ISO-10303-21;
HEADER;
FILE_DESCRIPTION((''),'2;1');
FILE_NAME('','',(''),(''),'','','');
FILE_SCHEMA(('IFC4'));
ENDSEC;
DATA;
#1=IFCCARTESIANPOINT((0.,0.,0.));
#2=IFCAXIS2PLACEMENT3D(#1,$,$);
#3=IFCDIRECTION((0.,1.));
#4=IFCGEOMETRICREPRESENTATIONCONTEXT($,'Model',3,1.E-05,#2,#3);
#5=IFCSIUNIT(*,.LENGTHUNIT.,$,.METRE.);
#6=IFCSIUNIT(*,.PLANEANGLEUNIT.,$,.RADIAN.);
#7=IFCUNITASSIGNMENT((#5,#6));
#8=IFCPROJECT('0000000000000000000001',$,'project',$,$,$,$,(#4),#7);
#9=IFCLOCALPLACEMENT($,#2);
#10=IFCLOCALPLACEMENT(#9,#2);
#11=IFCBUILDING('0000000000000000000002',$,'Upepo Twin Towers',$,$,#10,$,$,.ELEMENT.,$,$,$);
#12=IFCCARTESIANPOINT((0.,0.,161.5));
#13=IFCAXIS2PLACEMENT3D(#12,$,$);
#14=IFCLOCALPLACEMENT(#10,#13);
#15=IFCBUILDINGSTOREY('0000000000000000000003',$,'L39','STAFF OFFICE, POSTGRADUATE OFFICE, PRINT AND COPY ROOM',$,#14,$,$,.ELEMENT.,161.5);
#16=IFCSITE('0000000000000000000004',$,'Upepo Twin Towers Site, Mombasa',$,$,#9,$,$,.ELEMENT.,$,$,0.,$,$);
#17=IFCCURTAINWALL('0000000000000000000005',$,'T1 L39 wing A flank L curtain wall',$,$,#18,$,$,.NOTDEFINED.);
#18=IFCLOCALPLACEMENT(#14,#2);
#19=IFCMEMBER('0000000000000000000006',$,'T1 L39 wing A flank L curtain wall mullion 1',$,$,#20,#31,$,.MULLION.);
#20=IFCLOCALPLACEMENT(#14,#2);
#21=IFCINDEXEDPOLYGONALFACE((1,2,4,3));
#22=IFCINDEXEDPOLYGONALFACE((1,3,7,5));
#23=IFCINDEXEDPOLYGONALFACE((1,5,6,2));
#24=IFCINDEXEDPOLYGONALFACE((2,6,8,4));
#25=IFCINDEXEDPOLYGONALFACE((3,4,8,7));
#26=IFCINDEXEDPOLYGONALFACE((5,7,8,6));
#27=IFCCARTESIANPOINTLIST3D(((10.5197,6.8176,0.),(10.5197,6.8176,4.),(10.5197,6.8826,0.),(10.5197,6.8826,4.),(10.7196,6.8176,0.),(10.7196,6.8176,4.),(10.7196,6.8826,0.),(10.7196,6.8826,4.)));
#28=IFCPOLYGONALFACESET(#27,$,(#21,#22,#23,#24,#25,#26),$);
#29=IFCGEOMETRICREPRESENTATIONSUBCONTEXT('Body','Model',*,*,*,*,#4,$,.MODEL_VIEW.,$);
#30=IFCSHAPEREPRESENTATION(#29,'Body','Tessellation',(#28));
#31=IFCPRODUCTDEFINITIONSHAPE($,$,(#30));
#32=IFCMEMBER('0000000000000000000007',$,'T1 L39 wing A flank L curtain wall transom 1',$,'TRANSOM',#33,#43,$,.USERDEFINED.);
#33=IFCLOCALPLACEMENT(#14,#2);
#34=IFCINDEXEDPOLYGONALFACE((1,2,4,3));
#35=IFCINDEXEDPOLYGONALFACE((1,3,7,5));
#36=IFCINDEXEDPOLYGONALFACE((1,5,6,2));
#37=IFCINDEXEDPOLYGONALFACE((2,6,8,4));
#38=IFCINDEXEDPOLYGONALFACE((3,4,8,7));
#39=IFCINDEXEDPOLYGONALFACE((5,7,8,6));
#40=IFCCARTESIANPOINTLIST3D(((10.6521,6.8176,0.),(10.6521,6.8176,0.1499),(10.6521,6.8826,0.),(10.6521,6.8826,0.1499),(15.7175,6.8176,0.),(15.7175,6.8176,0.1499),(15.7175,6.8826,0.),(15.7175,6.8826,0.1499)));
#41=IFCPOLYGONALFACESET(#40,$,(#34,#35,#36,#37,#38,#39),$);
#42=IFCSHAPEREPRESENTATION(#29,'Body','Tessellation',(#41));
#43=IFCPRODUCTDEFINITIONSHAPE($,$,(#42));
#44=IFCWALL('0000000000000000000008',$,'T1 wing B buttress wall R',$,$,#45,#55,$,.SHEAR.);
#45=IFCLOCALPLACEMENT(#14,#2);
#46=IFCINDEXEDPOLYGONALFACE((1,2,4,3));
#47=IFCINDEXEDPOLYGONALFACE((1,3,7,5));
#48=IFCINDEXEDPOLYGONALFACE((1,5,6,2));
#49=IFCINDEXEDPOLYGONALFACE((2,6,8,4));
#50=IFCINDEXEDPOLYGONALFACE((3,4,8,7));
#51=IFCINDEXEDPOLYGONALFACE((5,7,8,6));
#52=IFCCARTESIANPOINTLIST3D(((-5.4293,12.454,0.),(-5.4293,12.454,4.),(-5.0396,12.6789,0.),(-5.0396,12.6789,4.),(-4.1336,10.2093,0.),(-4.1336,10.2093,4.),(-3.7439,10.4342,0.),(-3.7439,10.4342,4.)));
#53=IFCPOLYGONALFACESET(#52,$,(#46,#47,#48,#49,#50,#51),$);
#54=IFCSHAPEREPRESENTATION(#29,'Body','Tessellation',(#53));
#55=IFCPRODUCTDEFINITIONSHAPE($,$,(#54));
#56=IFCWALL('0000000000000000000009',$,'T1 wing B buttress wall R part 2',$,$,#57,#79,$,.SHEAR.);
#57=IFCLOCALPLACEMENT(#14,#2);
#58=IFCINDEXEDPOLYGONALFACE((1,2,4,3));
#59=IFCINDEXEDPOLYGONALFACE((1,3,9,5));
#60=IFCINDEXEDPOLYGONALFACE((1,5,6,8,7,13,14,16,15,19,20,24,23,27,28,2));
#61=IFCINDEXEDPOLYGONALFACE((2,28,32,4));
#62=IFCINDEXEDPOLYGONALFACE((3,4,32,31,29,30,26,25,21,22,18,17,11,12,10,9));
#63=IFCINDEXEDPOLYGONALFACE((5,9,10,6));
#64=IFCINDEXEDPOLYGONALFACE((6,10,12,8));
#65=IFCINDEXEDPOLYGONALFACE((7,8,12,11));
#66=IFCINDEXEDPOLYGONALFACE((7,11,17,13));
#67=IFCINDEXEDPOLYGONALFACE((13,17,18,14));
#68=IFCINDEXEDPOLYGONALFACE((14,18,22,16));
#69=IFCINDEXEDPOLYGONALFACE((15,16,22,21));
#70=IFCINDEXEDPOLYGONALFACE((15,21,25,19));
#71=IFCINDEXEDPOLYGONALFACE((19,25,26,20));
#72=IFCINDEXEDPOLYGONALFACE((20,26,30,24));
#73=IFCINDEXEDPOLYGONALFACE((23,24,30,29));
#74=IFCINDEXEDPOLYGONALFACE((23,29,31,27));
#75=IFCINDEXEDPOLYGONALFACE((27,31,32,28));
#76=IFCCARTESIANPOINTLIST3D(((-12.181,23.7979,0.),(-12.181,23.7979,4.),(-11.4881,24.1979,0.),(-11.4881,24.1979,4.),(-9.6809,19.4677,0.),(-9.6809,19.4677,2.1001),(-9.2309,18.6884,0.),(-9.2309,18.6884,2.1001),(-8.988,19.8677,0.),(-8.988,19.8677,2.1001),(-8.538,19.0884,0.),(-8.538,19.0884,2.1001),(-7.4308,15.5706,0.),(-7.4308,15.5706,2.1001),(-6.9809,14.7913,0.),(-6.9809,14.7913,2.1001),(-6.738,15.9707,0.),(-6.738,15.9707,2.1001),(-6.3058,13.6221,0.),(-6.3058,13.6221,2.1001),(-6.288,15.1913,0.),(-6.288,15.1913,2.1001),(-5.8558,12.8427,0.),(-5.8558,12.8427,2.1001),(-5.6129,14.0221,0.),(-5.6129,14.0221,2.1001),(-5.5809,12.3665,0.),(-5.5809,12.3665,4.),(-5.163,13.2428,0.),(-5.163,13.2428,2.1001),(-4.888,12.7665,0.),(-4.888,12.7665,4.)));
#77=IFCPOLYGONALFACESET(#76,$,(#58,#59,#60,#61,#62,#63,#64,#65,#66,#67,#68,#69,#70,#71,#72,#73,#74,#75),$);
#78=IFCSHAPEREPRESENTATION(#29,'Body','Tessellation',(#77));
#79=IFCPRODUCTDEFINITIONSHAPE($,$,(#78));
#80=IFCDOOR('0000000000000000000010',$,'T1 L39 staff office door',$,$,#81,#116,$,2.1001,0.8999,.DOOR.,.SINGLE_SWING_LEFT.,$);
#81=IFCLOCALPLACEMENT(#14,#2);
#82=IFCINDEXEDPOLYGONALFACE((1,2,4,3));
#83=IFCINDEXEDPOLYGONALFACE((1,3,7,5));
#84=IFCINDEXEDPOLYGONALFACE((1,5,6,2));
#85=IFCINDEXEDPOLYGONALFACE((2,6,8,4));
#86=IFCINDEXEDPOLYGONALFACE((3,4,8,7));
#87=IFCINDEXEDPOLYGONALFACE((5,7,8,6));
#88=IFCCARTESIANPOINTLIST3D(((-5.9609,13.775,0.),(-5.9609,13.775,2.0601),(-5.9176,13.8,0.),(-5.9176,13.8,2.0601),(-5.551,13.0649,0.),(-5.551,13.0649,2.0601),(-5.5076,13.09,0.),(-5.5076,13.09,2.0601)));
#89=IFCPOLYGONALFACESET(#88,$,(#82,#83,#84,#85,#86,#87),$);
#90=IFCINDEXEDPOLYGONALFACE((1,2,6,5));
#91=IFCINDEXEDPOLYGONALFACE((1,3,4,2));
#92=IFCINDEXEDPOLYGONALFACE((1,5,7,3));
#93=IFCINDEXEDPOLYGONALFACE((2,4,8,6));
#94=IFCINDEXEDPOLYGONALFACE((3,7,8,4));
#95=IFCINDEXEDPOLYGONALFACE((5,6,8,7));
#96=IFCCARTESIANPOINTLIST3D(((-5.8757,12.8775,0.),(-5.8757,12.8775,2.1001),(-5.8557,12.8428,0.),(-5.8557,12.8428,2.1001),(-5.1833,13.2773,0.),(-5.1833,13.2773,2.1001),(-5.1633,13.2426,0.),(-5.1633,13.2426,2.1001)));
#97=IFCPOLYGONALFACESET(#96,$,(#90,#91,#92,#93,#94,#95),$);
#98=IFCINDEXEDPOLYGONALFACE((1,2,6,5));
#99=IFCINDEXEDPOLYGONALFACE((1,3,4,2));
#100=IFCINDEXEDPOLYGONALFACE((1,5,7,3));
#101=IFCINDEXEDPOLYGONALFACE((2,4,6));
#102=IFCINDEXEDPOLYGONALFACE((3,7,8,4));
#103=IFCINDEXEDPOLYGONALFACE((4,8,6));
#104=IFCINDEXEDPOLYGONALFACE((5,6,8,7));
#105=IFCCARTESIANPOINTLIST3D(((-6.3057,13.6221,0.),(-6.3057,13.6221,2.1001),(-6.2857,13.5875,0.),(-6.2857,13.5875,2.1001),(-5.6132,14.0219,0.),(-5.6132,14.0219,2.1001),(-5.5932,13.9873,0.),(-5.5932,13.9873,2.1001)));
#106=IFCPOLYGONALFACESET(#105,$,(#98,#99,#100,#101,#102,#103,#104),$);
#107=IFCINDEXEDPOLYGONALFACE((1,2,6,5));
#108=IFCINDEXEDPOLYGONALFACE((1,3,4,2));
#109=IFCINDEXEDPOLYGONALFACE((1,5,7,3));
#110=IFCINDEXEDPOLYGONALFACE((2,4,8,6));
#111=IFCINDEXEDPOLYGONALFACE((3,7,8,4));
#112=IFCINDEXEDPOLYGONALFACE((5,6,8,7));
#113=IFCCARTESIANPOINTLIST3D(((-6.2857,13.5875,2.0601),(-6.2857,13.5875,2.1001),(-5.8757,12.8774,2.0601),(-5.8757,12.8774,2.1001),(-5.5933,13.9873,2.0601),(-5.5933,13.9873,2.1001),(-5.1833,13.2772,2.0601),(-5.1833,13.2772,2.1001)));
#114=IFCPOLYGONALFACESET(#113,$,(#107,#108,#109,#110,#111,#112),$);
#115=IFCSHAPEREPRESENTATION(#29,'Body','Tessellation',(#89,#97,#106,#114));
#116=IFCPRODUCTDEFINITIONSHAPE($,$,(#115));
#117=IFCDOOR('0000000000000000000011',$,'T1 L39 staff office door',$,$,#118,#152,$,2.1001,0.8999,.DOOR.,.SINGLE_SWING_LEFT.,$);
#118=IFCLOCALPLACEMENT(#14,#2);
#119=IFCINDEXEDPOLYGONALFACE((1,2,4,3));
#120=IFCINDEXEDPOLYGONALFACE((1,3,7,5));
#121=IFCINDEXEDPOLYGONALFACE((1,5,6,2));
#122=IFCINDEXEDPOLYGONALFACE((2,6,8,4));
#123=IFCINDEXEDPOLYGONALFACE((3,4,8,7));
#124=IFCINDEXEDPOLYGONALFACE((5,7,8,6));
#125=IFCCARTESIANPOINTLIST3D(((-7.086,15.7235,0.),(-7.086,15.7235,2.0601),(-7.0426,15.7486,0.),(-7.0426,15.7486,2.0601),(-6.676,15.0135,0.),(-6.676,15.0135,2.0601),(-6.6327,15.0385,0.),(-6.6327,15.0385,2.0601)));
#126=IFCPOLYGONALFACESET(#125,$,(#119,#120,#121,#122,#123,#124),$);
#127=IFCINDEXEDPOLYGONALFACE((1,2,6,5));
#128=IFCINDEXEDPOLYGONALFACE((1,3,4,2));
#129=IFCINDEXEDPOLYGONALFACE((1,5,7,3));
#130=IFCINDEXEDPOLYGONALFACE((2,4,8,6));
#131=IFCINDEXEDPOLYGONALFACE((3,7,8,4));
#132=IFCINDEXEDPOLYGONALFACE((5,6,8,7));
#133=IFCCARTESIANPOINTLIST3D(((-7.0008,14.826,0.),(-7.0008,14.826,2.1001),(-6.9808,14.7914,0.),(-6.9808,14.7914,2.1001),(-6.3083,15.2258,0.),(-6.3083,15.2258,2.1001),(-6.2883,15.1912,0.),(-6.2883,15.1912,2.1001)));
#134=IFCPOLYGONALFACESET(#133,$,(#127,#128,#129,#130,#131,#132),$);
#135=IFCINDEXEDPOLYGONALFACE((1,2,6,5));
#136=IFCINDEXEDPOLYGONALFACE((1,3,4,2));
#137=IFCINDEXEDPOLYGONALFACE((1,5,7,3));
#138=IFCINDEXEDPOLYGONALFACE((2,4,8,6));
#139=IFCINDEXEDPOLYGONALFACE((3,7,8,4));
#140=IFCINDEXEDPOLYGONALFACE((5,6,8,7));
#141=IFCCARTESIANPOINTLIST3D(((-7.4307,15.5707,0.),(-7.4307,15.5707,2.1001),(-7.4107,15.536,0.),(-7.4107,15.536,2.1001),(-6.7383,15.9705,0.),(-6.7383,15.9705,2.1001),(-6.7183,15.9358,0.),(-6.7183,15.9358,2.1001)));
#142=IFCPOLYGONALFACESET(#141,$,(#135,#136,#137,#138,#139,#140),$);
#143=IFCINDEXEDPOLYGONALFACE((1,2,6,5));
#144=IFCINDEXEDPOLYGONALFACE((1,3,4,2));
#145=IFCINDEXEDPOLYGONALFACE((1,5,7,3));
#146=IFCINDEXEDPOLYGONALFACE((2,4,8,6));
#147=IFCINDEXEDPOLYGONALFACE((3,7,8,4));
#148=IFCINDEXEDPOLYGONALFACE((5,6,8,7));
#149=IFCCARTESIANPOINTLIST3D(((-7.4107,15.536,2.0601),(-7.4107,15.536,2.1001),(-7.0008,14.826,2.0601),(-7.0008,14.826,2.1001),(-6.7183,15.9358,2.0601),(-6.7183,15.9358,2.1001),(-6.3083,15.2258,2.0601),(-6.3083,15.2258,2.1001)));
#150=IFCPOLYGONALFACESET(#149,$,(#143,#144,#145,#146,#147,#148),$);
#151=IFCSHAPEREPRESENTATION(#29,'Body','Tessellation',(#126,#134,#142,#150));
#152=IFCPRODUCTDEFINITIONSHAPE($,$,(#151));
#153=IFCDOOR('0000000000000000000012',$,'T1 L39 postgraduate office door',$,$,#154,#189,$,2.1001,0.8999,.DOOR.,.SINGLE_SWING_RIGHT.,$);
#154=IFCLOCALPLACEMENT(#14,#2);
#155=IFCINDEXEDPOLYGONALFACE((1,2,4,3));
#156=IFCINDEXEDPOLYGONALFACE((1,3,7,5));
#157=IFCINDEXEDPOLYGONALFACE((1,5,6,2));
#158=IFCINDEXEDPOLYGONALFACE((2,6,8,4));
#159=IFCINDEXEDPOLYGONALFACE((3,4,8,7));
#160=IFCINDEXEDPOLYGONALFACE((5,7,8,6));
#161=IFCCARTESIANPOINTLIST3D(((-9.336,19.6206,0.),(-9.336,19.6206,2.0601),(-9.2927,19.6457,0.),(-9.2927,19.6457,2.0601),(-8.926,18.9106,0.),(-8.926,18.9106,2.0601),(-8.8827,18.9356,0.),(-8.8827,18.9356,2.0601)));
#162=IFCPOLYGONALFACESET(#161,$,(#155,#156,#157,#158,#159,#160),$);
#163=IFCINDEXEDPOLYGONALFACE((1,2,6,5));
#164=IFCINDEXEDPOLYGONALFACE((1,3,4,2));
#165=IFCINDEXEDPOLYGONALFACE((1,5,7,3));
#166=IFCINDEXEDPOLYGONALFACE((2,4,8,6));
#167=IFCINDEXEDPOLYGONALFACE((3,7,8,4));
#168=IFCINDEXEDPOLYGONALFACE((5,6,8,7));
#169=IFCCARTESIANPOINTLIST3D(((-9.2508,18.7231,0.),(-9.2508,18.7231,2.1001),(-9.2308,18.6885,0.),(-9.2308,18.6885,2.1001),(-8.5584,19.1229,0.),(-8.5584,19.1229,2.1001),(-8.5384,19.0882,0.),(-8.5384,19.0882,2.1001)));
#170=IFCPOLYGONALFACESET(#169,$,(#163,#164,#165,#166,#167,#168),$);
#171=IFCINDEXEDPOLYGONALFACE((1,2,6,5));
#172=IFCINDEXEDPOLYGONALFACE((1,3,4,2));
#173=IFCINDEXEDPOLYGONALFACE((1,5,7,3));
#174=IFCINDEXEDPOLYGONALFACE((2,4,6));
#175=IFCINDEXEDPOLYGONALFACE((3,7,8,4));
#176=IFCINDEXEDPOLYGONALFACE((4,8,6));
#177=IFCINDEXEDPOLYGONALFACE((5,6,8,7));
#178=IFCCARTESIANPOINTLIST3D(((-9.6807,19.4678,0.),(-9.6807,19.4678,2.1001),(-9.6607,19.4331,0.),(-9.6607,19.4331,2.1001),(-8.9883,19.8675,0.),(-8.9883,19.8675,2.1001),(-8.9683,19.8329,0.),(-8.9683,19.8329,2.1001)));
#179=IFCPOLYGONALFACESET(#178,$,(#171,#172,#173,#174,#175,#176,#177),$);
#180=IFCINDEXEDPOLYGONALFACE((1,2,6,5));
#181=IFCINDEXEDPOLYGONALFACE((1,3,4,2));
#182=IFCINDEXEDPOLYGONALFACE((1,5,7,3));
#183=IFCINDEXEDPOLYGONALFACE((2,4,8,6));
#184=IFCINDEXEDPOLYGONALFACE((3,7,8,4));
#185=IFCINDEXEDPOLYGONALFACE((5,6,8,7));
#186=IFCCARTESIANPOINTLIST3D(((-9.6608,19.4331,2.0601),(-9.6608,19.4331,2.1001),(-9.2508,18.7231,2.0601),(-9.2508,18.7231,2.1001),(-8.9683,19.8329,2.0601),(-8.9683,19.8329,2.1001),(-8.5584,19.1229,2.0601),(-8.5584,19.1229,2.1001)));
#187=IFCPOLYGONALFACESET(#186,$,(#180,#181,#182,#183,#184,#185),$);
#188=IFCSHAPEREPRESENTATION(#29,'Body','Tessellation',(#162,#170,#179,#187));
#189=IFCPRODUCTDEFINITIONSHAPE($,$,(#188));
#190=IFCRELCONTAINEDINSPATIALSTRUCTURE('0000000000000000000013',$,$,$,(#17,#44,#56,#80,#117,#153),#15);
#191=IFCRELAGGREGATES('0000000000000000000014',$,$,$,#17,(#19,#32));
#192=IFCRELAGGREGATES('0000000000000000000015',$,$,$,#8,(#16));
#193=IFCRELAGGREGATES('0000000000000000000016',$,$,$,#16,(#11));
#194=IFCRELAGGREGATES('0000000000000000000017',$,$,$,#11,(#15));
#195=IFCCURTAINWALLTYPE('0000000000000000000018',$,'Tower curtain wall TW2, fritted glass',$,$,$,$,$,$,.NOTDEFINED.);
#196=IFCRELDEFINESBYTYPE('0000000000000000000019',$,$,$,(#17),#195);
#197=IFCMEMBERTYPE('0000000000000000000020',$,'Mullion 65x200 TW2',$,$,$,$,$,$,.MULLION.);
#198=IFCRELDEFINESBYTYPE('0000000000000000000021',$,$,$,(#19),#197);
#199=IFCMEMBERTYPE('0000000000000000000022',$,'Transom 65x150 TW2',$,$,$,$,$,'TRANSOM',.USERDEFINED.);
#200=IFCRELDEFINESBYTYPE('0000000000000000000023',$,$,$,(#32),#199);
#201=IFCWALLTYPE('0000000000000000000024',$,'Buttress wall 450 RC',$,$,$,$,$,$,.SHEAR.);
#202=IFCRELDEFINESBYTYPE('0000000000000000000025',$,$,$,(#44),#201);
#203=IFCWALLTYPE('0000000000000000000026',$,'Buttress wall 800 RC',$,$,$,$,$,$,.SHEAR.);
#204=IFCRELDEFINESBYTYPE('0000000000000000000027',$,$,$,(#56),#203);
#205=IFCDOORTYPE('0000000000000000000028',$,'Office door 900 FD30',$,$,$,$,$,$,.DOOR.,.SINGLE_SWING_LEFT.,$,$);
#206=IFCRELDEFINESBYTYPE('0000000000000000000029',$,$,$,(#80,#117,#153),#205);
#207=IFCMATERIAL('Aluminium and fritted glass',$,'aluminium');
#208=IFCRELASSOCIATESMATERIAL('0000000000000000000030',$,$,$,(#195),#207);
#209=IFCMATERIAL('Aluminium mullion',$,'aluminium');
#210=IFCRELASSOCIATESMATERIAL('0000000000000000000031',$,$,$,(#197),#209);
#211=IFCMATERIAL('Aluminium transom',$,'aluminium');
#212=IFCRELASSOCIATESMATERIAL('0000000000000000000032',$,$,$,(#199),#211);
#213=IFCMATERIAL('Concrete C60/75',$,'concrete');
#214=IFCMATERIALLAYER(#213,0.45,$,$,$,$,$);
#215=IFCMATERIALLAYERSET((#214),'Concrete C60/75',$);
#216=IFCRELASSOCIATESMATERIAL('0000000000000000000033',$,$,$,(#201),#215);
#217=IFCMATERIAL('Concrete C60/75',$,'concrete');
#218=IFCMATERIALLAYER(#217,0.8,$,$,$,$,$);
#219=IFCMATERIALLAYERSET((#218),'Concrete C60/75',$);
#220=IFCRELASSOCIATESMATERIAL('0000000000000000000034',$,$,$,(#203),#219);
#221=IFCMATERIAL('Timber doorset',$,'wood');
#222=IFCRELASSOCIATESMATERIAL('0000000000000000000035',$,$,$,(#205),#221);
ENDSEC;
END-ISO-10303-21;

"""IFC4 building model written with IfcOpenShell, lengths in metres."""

from ifc_helpers import new_model, si_unit, direction, frame, frame_2d, origin, origin_2d, place, context, subcontext, project, spatial, rectangle, extrude, material, layer, layer_set, material_profile, profile_set, type_object, element, fill, aggregate, save


model = new_model("IFC4")

# Units and contexts
model_context = context("Model", 3, precision=1e-05, world=origin(), true_north=direction((0.0, 1.0)))
body_context = subcontext(model_context, "Body", "Model", "MODEL_VIEW")
ifc_project = project(units=[si_unit("LENGTHUNIT", "METRE"), si_unit("PLANEANGLEUNIT", "RADIAN")], contexts=[model_context])

# Site, building, storey
site_placement = place(None, origin())
site = spatial("IfcSite", under=ifc_project, at=site_placement, Name="Upepo Twin Towers Site, Mombasa", CompositionType="ELEMENT", RefElevation=0.0)
building_placement = place(site_placement, origin())
building = spatial("IfcBuilding", under=site, at=building_placement, Name="Upepo Twin Towers", CompositionType="ELEMENT")
storey_placement = place(building_placement, frame((0.0, 0.0, 161.5)))
storey = spatial("IfcBuildingStorey", under=building, at=storey_placement, Name="L39", Description="STAFF OFFICE, POSTGRADUATE OFFICE, PRINT AND COPY ROOM", CompositionType="ELEMENT", Elevation=161.5)

# Curtain wall, members
ifc_material_1 = material(Name="Aluminium and fritted glass", Category="aluminium")
curtain_wall_type = type_object("IfcCurtainWallType", Name="Tower curtain wall TW2, fritted glass", PredefinedType="NOTDEFINED", material=ifc_material_1)
curtain_wall_placement = place(storey_placement, origin())
curtain_wall = element("IfcCurtainWall", 1, at=curtain_wall_placement, inside=storey, type_object=curtain_wall_type, Name="T1 L39 wing A flank L curtain wall", PredefinedType="NOTDEFINED")
ifc_material_2 = material(Name="Aluminium mullion", Category="aluminium")
ifc_material_profile_1 = material_profile(ifc_material_2, rectangle(XDim=0.0649, YDim=0.2, at=origin_2d()), Name="MULLION 65x200")
ifc_profile_set_1 = profile_set([ifc_material_profile_1], Name="Aluminium mullion")
member_type_1 = type_object("IfcMemberType", Name="Mullion 65x200 TW2", PredefinedType="MULLION", material=ifc_profile_set_1)
member_1_placement = place(storey_placement, frame((10.6196, 6.8501, 0.0), z_axis=(0.0, 0.0, 1.0), x_axis=(0.0, 1.0, 0.0)))
member_1 = element("IfcMember", 2, at=member_1_placement, type_object=member_type_1, Name="T1 L39 wing A flank L curtain wall mullion 1", PredefinedType="MULLION", context=body_context, shape_type="SweptSolid", body=[
    extrude(rectangle(XDim=0.0649, YDim=0.2, at=origin_2d()), origin(), (0.0, 0.0, 1.0), 4.0),
])
ifc_material_3 = material(Name="Aluminium transom", Category="aluminium")
ifc_material_profile_2 = material_profile(ifc_material_3, rectangle(XDim=0.0649, YDim=0.1499, at=origin_2d()), Name="TRANSOM 65x150")
ifc_profile_set_2 = profile_set([ifc_material_profile_2], Name="Aluminium transom")
member_type_2 = type_object("IfcMemberType", Name="Transom 65x150 TW2", ElementType="TRANSOM", PredefinedType="USERDEFINED", material=ifc_profile_set_2)
member_2_placement = place(storey_placement, frame((10.6521, 6.8501, 0.075), z_axis=(1.0, 0.0, 0.0), x_axis=(0.0, 1.0, 0.0)))
member_2 = element("IfcMember", 3, at=member_2_placement, type_object=member_type_2, Name="T1 L39 wing A flank L curtain wall transom 1", ObjectType="TRANSOM", PredefinedType="USERDEFINED", context=body_context, shape_type="SweptSolid", body=[
    extrude(rectangle(XDim=0.0649, YDim=0.1499, at=origin_2d()), origin(), (0.0, 0.0, 1.0), 5.0654),
])
aggregate(curtain_wall, [member_1, member_2])

# Wall
ifc_material_4 = material(Name="Concrete C60/75", Category="concrete")
ifc_layer_1 = layer(ifc_material_4, 0.45)
ifc_layer_set_1 = layer_set([ifc_layer_1], Name="Concrete C60/75")
wall_type_1 = type_object("IfcWallType", Name="Buttress wall 450 RC", PredefinedType="SHEAR", material=ifc_layer_set_1)
wall_1_placement = place(storey_placement, frame((-3.9387, 10.3218, 0.0), z_axis=(0.0, 0.0, 1.0), x_axis=(-0.499918, 0.866073, 0.0)))
element("IfcWall", 4, at=wall_1_placement, inside=storey, type_object=wall_type_1, Name="T1 wing B buttress wall R", PredefinedType="SHEAR", context=body_context, shape_type="SweptSolid", body=[
    extrude(rectangle(XDim=2.5918, YDim=0.45, at=frame_2d((1.2959, 0.0))), origin(), (0.0, 0.0, 1.0), 4.0),
])

# Wall, openings, doors
ifc_material_5 = material(Name="Concrete C60/75", Category="concrete")
ifc_layer_2 = layer(ifc_material_5, 0.8)
ifc_layer_set_2 = layer_set([ifc_layer_2], Name="Concrete C60/75")
wall_type_2 = type_object("IfcWallType", Name="Buttress wall 800 RC", PredefinedType="SHEAR", material=ifc_layer_set_2)
wall_2_placement = place(storey_placement, frame((-5.2344, 12.5664, 0.0), z_axis=(0.0, 0.0, 1.0), x_axis=(-0.50001, 0.86602, 0.0)))
wall_2 = element("IfcWall", 5, at=wall_2_placement, inside=storey, type_object=wall_type_2, Name="T1 wing B buttress wall R part 2", PredefinedType="SHEAR", context=body_context, shape_type="SweptSolid", body=[
    extrude(rectangle(XDim=13.2, YDim=0.8, at=frame_2d((6.6001, 0.0))), origin(), (0.0, 0.0, 1.0), 4.0),
])
opening_1_placement = place(wall_2_placement, frame((0.55, 0.0, 0.0)))
opening_1 = element("IfcOpeningElement", 6, at=opening_1_placement, cuts=wall_2, PredefinedType="OPENING", context=body_context, shape_type="SweptSolid", body=[
    extrude(rectangle(XDim=0.8999, YDim=2.1001, at=frame_2d((0.45, 1.05))), frame((0.0, 0.4099, 0.0), z_axis=(0.0, -1.0, 0.0), x_axis=(1.0, 0.0, 0.0)), (0.0, 0.0, 1.0), 0.8201),
])
opening_2_placement = place(wall_2_placement, frame((2.8, 0.0, 0.0)))
opening_2 = element("IfcOpeningElement", 7, at=opening_2_placement, cuts=wall_2, PredefinedType="OPENING", context=body_context, shape_type="SweptSolid", body=[
    extrude(rectangle(XDim=0.8999, YDim=2.1001, at=frame_2d((0.45, 1.05))), frame((0.0, 0.4099, 0.0), z_axis=(0.0, -1.0, 0.0), x_axis=(1.0, 0.0, 0.0)), (0.0, 0.0, 1.0), 0.8201),
])
opening_3_placement = place(wall_2_placement, frame((7.3, 0.0, 0.0)))
opening_3 = element("IfcOpeningElement", 8, at=opening_3_placement, cuts=wall_2, PredefinedType="OPENING", context=body_context, shape_type="SweptSolid", body=[
    extrude(rectangle(XDim=0.8999, YDim=2.1001, at=frame_2d((0.45, 1.05))), frame((0.0, 0.4099, 0.0), z_axis=(0.0, -1.0, 0.0), x_axis=(1.0, 0.0, 0.0)), (0.0, 0.0, 1.0), 0.8201),
])
ifc_material_6 = material(Name="Timber doorset", Category="wood")
door_type_1 = type_object("IfcDoorType", Name="Office door 900 FD30", OperationType="SINGLE_SWING_LEFT", PredefinedType="DOOR", material=ifc_material_6)
door_1_placement = place(opening_1_placement, origin())
door_1 = element("IfcDoor", 9, at=door_1_placement, inside=storey, type_object=door_type_1, Name="T1 L39 staff office door", OperationType="SINGLE_SWING_LEFT", OverallHeight=2.1001, OverallWidth=0.8999, PredefinedType="DOOR", context=body_context, shape_type="SweptSolid", body=[
    extrude(rectangle(XDim=0.8199, YDim=2.0601, at=frame_2d((0.45, 1.03))), frame((0.0, 0.0249, 0.0), z_axis=(0.0, -1.0, 0.0), x_axis=(1.0, 0.0, 0.0)), (0.0, 0.0, 1.0), 0.05),
    extrude(rectangle(XDim=0.04, YDim=2.1001, at=frame_2d((0.02, 1.05))), frame((0.0, 0.3999, 0.0), z_axis=(0.0, -1.0, 0.0), x_axis=(1.0, 0.0, 0.0)), (0.0, 0.0, 1.0), 0.7996),
    extrude(rectangle(XDim=0.04, YDim=2.1001, at=frame_2d((0.8799, 1.05))), frame((0.0, 0.3999, 0.0), z_axis=(0.0, -1.0, 0.0), x_axis=(1.0, 0.0, 0.0)), (0.0, 0.0, 1.0), 0.7996),
    extrude(rectangle(XDim=0.8199, YDim=0.04, at=frame_2d((0.45, 2.0801))), frame((0.0, 0.3999, 0.0), z_axis=(0.0, -1.0, 0.0), x_axis=(1.0, 0.0, 0.0)), (0.0, 0.0, 1.0), 0.7996),
])
fill(opening_1, door_1)
door_2_placement = place(opening_2_placement, origin())
door_2 = element("IfcDoor", 10, at=door_2_placement, inside=storey, type_object=door_type_1, Name="T1 L39 staff office door", OperationType="SINGLE_SWING_LEFT", OverallHeight=2.1001, OverallWidth=0.8999, PredefinedType="DOOR", context=body_context, shape_type="SweptSolid", body=[
    extrude(rectangle(XDim=0.8199, YDim=2.0601, at=frame_2d((0.45, 1.03))), frame((0.0, 0.0249, 0.0), z_axis=(0.0, -1.0, 0.0), x_axis=(1.0, 0.0, 0.0)), (0.0, 0.0, 1.0), 0.05),
    extrude(rectangle(XDim=0.04, YDim=2.1001, at=frame_2d((0.02, 1.05))), frame((0.0, 0.3999, 0.0), z_axis=(0.0, -1.0, 0.0), x_axis=(1.0, 0.0, 0.0)), (0.0, 0.0, 1.0), 0.7996),
    extrude(rectangle(XDim=0.04, YDim=2.1001, at=frame_2d((0.8799, 1.05))), frame((0.0, 0.3999, 0.0), z_axis=(0.0, -1.0, 0.0), x_axis=(1.0, 0.0, 0.0)), (0.0, 0.0, 1.0), 0.7996),
    extrude(rectangle(XDim=0.8199, YDim=0.04, at=frame_2d((0.45, 2.0801))), frame((0.0, 0.3999, 0.0), z_axis=(0.0, -1.0, 0.0), x_axis=(1.0, 0.0, 0.0)), (0.0, 0.0, 1.0), 0.7996),
])
fill(opening_2, door_2)
door_3_placement = place(opening_3_placement, origin())
door_3 = element("IfcDoor", 11, at=door_3_placement, inside=storey, type_object=door_type_1, Name="T1 L39 postgraduate office door", OperationType="SINGLE_SWING_RIGHT", OverallHeight=2.1001, OverallWidth=0.8999, PredefinedType="DOOR", context=body_context, shape_type="SweptSolid", body=[
    extrude(rectangle(XDim=0.8199, YDim=2.0601, at=frame_2d((0.45, 1.03))), frame((0.0, 0.0249, 0.0), z_axis=(0.0, -1.0, 0.0), x_axis=(1.0, 0.0, 0.0)), (0.0, 0.0, 1.0), 0.05),
    extrude(rectangle(XDim=0.04, YDim=2.1001, at=frame_2d((0.02, 1.05))), frame((0.0, 0.3999, 0.0), z_axis=(0.0, -1.0, 0.0), x_axis=(1.0, 0.0, 0.0)), (0.0, 0.0, 1.0), 0.7996),
    extrude(rectangle(XDim=0.04, YDim=2.1001, at=frame_2d((0.8799, 1.05))), frame((0.0, 0.3999, 0.0), z_axis=(0.0, -1.0, 0.0), x_axis=(1.0, 0.0, 0.0)), (0.0, 0.0, 1.0), 0.7996),
    extrude(rectangle(XDim=0.8199, YDim=0.04, at=frame_2d((0.45, 2.0801))), frame((0.0, 0.3999, 0.0), z_axis=(0.0, -1.0, 0.0), x_axis=(1.0, 0.0, 0.0)), (0.0, 0.0, 1.0), 0.7996),
])
fill(opening_3, door_3)

save(model, "model.ifc")
